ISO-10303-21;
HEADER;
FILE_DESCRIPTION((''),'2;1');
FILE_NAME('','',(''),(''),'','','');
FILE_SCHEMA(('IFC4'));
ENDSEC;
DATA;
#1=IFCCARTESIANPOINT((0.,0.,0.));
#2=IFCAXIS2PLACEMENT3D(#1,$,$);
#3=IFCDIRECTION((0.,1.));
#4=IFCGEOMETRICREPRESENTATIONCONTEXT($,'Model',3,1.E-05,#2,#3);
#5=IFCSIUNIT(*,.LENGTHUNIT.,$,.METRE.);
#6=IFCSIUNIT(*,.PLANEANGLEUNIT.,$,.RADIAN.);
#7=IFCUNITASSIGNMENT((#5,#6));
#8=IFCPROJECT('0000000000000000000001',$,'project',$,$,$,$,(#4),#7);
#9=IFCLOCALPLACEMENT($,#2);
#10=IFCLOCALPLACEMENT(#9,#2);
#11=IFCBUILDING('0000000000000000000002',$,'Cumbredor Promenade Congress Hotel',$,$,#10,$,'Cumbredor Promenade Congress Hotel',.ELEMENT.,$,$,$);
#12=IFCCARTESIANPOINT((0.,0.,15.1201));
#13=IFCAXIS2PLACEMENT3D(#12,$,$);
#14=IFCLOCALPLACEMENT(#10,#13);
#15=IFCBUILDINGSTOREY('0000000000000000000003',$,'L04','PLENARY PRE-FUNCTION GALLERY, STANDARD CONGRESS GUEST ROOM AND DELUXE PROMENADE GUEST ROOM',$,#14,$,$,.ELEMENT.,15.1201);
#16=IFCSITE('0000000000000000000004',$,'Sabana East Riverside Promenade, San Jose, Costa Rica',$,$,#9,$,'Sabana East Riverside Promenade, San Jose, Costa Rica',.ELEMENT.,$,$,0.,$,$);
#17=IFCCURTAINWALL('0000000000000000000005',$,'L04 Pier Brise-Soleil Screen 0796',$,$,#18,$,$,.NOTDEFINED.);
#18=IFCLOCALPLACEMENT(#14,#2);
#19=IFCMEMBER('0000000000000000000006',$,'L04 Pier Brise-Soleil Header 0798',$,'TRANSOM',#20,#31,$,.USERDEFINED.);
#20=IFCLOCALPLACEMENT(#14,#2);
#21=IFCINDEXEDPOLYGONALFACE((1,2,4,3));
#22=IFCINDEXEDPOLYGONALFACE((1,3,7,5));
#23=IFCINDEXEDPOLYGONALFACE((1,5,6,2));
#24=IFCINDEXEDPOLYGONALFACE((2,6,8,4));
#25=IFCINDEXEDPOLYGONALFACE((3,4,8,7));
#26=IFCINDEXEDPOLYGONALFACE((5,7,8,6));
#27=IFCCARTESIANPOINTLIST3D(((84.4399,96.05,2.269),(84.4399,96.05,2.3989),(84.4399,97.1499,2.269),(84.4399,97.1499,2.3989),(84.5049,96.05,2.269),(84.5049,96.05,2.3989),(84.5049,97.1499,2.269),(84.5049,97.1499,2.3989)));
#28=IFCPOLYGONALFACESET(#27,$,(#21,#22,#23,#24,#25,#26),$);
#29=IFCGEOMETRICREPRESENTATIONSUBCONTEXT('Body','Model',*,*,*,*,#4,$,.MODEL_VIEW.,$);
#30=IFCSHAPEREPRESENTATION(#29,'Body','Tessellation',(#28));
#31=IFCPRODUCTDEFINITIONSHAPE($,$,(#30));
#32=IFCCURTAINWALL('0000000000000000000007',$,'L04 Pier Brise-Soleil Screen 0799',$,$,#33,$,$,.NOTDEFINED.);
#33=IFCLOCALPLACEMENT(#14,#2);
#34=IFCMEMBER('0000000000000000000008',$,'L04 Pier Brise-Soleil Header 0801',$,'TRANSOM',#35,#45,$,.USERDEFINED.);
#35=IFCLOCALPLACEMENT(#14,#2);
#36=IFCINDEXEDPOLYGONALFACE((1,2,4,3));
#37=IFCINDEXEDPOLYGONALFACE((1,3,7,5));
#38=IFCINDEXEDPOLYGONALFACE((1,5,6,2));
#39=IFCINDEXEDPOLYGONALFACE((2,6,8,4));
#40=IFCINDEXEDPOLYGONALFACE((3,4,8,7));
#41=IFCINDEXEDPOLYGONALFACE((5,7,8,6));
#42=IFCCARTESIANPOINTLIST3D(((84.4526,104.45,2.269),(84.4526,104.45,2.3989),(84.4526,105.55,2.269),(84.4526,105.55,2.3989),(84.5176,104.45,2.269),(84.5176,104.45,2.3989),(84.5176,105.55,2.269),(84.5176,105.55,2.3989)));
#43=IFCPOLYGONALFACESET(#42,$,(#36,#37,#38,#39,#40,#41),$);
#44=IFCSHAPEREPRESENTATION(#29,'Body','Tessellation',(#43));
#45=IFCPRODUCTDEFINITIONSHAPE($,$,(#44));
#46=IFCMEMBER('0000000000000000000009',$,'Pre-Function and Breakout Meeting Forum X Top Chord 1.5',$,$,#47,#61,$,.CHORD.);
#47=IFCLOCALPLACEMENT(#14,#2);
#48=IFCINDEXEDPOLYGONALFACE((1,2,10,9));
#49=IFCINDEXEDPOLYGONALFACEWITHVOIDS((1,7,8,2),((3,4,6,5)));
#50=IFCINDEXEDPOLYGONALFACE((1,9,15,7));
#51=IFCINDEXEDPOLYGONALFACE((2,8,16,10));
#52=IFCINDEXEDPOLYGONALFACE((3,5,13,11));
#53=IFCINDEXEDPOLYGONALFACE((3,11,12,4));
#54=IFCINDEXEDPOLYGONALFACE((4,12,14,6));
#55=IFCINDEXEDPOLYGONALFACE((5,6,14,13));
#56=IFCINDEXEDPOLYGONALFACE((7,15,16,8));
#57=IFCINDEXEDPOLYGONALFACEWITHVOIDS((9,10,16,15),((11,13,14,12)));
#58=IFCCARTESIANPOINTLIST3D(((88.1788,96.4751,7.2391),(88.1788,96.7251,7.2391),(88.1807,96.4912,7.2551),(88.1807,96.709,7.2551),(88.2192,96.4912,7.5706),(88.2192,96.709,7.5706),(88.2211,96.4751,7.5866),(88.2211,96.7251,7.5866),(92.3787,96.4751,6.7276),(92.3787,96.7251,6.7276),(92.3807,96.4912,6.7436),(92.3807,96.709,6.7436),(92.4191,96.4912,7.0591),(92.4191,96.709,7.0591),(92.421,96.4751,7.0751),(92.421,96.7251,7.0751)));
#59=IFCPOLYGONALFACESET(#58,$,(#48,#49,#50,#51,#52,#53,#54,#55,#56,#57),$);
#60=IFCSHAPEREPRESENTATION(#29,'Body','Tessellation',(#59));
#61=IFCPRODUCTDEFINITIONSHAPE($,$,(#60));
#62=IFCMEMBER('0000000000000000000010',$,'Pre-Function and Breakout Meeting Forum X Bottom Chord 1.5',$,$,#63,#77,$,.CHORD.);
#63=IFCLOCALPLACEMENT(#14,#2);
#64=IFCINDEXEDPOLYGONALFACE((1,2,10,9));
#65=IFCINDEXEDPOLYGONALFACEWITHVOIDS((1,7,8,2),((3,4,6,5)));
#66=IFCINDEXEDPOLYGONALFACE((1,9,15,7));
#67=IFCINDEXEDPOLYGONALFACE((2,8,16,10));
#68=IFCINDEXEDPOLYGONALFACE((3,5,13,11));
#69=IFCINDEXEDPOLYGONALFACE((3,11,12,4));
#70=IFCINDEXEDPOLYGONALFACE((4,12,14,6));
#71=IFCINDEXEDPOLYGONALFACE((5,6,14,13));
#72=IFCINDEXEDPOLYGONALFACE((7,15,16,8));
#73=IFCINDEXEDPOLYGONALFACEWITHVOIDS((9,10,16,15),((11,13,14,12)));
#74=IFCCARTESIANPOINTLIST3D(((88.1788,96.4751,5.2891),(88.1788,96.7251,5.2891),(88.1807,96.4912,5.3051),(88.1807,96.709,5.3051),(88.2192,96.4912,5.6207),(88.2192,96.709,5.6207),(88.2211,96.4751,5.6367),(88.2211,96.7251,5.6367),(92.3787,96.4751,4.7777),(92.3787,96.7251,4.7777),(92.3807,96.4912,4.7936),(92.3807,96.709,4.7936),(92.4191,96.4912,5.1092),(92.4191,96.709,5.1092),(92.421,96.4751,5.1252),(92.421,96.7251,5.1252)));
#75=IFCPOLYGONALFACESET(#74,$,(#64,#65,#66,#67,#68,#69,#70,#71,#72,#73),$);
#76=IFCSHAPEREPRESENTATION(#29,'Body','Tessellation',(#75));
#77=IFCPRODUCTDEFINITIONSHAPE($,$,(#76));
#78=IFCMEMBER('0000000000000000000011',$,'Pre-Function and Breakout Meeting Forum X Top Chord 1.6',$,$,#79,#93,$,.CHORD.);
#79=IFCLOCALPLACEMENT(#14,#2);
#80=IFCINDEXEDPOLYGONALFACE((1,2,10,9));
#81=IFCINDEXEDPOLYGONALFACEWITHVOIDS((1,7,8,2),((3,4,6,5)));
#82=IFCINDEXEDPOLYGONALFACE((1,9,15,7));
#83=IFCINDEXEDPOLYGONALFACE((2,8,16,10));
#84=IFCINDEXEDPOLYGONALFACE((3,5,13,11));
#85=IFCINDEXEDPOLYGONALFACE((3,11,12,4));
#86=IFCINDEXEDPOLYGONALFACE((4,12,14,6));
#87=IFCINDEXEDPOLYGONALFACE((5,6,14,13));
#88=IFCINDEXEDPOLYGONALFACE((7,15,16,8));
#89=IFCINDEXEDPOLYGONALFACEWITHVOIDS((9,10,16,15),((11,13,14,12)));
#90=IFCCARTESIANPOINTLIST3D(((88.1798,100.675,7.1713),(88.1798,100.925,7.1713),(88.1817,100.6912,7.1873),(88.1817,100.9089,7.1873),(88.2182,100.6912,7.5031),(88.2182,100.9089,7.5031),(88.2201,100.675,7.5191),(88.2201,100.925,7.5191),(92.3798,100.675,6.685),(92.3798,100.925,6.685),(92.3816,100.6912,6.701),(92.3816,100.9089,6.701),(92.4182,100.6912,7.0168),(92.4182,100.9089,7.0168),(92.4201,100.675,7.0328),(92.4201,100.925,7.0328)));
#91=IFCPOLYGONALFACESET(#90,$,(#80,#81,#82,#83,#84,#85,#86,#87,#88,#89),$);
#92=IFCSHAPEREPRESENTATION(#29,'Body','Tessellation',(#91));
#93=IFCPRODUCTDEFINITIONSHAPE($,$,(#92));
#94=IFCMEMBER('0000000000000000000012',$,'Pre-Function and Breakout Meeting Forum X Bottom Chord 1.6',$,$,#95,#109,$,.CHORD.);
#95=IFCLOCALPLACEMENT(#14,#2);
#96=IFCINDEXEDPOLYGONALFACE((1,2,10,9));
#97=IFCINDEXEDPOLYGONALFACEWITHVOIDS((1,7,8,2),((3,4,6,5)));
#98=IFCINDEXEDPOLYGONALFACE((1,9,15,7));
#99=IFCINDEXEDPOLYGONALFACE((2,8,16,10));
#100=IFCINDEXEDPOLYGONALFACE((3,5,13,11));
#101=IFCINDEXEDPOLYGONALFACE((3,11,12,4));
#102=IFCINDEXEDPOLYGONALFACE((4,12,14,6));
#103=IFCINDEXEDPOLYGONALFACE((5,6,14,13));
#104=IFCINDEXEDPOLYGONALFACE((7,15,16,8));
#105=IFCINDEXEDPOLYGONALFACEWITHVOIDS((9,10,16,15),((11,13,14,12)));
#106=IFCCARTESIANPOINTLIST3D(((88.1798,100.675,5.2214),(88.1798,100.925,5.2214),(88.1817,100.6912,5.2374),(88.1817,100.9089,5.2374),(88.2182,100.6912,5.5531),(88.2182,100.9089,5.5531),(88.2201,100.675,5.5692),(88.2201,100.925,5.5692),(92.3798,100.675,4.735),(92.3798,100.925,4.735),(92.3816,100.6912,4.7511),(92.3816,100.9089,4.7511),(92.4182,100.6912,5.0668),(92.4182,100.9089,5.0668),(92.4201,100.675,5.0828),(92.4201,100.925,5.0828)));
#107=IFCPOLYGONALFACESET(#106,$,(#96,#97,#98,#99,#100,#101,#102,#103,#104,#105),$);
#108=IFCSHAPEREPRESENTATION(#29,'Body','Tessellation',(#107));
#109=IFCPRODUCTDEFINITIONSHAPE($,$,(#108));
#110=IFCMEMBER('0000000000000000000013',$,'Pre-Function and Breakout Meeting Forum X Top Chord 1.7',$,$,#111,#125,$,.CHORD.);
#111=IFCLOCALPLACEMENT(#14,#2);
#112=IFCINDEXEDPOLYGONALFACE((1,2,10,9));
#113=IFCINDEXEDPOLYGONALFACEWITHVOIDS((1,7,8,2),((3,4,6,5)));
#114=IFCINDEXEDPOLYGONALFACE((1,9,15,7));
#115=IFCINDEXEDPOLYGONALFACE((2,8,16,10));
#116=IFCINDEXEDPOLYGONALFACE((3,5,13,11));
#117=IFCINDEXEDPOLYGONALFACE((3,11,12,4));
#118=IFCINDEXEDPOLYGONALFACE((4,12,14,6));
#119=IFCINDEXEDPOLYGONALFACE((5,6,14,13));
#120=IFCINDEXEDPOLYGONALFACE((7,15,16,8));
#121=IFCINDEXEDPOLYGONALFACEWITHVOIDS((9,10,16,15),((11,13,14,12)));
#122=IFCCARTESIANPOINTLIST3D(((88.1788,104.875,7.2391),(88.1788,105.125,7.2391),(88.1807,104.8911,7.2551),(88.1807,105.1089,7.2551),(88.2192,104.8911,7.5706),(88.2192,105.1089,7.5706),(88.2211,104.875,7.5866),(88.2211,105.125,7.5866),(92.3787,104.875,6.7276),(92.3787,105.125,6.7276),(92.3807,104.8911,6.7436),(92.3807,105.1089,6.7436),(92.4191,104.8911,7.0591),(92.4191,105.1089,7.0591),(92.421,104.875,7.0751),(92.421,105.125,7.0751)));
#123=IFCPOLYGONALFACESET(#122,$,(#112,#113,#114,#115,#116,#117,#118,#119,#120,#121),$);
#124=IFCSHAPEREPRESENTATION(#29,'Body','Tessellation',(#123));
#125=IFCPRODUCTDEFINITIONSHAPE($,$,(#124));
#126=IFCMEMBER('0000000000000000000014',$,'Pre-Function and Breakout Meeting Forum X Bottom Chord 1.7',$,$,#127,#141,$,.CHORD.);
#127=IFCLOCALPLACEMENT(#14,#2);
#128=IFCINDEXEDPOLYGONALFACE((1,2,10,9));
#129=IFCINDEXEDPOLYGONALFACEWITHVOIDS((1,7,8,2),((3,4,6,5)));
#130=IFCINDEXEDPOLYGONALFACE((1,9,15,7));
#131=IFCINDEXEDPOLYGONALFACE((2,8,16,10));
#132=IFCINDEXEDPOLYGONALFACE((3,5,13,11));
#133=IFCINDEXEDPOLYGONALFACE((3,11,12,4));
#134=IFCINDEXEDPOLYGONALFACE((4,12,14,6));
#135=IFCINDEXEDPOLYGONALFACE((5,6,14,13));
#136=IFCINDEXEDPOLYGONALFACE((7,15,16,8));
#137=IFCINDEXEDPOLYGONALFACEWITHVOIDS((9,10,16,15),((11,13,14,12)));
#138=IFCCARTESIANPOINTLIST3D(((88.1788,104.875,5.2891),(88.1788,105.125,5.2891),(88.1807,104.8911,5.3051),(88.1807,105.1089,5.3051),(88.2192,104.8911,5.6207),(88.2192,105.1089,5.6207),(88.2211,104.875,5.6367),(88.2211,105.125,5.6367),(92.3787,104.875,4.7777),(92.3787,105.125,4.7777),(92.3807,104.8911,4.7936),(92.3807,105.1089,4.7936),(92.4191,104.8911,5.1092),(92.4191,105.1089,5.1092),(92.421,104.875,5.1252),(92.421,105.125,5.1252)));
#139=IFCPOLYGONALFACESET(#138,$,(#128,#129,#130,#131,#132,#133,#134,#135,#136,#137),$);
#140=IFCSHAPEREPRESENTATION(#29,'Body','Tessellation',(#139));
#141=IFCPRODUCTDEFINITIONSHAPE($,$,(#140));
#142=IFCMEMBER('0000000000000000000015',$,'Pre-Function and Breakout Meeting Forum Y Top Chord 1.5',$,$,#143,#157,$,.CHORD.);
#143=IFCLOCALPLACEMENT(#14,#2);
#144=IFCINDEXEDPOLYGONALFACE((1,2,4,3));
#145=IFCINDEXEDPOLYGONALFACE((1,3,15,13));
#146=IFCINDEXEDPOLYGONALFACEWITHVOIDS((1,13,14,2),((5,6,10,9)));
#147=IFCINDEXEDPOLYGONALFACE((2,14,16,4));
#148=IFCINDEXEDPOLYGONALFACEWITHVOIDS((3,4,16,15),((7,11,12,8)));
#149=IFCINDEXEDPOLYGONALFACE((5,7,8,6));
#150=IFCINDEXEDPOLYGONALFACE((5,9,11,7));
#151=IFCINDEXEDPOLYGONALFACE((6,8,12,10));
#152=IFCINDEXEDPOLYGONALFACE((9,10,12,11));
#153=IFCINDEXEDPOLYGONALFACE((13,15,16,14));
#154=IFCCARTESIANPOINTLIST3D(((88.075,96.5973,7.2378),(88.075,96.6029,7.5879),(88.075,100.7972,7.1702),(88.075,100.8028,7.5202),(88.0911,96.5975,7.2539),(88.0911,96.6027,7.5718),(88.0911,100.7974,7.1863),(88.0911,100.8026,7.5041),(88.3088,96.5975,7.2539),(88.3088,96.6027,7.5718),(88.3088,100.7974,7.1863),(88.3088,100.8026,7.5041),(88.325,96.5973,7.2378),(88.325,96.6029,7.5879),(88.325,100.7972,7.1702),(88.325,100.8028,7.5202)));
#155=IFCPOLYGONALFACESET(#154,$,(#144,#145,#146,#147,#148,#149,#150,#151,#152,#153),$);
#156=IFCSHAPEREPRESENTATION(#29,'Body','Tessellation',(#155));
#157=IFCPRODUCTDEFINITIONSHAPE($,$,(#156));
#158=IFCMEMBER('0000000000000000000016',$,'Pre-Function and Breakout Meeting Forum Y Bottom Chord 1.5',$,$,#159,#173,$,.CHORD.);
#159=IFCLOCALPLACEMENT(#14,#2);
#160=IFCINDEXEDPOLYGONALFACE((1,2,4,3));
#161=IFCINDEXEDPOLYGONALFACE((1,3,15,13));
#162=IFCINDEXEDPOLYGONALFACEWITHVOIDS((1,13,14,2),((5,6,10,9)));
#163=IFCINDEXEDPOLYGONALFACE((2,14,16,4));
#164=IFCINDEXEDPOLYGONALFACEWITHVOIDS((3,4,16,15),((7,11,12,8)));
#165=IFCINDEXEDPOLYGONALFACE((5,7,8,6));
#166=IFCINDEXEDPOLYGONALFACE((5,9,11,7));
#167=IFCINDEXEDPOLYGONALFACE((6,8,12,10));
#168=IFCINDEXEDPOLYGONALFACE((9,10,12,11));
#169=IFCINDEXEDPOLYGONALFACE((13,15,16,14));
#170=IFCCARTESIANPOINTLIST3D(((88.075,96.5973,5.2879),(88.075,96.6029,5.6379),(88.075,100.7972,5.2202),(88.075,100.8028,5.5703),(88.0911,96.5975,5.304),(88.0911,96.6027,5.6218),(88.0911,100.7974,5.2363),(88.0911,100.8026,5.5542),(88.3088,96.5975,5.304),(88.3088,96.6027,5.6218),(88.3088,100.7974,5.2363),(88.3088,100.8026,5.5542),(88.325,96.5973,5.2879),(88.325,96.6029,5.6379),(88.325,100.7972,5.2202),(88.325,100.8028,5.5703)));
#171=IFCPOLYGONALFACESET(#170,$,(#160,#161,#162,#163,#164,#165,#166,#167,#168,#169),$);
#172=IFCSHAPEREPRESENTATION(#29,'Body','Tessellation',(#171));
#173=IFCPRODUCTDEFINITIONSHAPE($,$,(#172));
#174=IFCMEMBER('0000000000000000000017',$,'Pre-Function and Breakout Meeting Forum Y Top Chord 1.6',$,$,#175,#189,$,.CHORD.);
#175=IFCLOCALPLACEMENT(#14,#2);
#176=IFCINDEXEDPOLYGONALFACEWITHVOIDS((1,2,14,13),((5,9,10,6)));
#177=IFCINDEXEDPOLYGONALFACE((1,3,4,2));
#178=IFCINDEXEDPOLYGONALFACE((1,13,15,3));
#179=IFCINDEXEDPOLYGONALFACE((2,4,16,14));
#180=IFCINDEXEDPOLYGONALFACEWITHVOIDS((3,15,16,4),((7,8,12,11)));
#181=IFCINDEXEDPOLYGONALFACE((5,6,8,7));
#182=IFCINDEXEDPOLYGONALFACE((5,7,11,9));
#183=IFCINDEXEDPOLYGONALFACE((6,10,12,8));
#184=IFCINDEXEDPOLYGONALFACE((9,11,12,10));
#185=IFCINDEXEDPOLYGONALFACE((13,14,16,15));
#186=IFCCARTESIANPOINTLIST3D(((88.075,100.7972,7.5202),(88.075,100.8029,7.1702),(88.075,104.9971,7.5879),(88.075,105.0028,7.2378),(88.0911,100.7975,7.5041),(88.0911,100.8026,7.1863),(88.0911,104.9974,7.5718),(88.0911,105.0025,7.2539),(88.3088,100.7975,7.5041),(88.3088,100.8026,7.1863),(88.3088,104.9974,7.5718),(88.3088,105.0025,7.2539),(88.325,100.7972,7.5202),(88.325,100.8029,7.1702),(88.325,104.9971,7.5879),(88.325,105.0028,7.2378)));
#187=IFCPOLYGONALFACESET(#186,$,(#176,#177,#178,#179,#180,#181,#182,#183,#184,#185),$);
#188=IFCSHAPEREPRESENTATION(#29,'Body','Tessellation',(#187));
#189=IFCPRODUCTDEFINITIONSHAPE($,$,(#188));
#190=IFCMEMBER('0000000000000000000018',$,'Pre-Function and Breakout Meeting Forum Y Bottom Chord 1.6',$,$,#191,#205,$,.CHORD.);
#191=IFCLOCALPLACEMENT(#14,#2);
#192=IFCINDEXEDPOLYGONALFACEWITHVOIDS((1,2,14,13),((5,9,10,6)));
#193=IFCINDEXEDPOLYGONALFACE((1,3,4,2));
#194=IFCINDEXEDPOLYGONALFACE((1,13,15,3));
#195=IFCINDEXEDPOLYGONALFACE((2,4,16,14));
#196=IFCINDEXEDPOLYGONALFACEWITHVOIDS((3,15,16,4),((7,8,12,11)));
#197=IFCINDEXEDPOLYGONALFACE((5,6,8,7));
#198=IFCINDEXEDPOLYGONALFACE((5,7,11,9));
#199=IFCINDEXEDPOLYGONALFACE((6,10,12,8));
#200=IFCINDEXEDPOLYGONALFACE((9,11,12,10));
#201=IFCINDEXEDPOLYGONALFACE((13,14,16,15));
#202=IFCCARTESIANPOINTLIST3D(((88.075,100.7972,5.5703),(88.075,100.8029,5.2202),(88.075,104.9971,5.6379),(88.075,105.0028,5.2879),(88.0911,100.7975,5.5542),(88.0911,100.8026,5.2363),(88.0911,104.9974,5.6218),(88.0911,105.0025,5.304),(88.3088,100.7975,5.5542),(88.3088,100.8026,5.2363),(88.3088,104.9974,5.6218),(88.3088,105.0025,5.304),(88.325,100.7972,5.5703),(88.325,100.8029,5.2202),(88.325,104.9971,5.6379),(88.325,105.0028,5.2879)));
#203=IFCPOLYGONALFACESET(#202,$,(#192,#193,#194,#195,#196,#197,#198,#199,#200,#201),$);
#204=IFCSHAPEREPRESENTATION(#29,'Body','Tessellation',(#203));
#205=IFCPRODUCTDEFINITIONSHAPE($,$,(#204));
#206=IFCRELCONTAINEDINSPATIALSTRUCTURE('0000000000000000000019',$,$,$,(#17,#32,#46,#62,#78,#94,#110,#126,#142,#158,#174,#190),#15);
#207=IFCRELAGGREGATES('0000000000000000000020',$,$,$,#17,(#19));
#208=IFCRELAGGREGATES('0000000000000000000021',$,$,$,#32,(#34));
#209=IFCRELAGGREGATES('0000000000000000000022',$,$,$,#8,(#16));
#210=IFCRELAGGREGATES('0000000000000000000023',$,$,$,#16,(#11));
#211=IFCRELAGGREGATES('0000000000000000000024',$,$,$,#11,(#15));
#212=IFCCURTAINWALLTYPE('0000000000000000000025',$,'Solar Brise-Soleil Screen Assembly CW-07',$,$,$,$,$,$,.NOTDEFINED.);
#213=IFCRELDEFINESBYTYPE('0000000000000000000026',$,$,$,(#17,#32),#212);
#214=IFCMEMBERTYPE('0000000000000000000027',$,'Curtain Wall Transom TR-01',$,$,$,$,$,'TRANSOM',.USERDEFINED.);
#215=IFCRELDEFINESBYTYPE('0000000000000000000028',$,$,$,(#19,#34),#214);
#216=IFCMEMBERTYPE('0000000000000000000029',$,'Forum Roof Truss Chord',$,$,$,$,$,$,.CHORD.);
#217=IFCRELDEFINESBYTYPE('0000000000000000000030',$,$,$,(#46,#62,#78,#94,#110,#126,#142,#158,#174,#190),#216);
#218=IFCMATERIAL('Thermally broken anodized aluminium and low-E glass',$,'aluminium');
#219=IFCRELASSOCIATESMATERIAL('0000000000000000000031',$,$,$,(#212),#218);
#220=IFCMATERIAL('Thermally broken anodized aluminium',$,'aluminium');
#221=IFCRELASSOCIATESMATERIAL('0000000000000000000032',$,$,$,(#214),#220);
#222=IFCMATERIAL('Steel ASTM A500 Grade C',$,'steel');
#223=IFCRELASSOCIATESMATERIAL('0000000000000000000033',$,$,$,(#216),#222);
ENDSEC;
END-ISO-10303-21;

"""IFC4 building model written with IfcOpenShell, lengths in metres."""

from ifc_helpers import new_model, si_unit, direction, frame, origin, origin_2d, place, context, subcontext, project, spatial, rectangle, hollow_rectangle, extrude, material, material_profile, profile_set, type_object, element, aggregate, save


model = new_model("IFC4")

# Units and contexts
model_context = context("Model", 3, precision=1e-05, world=origin(), true_north=direction((0.0, 1.0)))
body_context = subcontext(model_context, "Body", "Model", "MODEL_VIEW")
ifc_project = project(units=[si_unit("LENGTHUNIT", "METRE"), si_unit("PLANEANGLEUNIT", "RADIAN")], contexts=[model_context])

# Site, building, storey
site_placement = place(None, origin())
site = spatial("IfcSite", under=ifc_project, at=site_placement, Name="Sabana East Riverside Promenade, San Jose, Costa Rica", LongName="Sabana East Riverside Promenade, San Jose, Costa Rica", CompositionType="ELEMENT", RefElevation=0.0)
building_placement = place(site_placement, origin())
building = spatial("IfcBuilding", under=site, at=building_placement, Name="Cumbredor Promenade Congress Hotel", LongName="Cumbredor Promenade Congress Hotel", CompositionType="ELEMENT")
storey_placement = place(building_placement, frame((0.0, 0.0, 15.1201)))
storey = spatial("IfcBuildingStorey", under=building, at=storey_placement, Name="L04", Description="PLENARY PRE-FUNCTION GALLERY, STANDARD CONGRESS GUEST ROOM AND DELUXE PROMENADE GUEST ROOM", CompositionType="ELEMENT", Elevation=15.1201)

# Curtain walls, members
ifc_material_1 = material(Name="Thermally broken anodized aluminium and low-E glass", Category="aluminium")
curtain_wall_type = type_object("IfcCurtainWallType", Name="Solar Brise-Soleil Screen Assembly CW-07", PredefinedType="NOTDEFINED", material=ifc_material_1)
curtain_wall_1_placement = place(storey_placement, origin())
curtain_wall_1 = element("IfcCurtainWall", 1, at=curtain_wall_1_placement, inside=storey, type_object=curtain_wall_type, Name="L04 Pier Brise-Soleil Screen 0796", PredefinedType="NOTDEFINED")
ifc_material_2 = material(Name="Thermally broken anodized aluminium", Category="aluminium")
ifc_material_profile_1 = material_profile(ifc_material_2, rectangle(XDim=0.0649, YDim=0.1299, at=origin_2d()), Name="ALU TRANSOM 65x130")
ifc_profile_set_1 = profile_set([ifc_material_profile_1], Name="Thermally broken anodized aluminium")
member_type_1 = type_object("IfcMemberType", Name="Curtain Wall Transom TR-01", ElementType="TRANSOM", PredefinedType="USERDEFINED", material=ifc_profile_set_1)
member_1_placement = place(storey_placement, frame((84.4724, 96.05, 2.334), z_axis=(0.0, 1.0, 0.0), x_axis=(-1.0, 0.0, 0.0)))
member_1 = element("IfcMember", 2, at=member_1_placement, type_object=member_type_1, Name="L04 Pier Brise-Soleil Header 0798", ObjectType="TRANSOM", PredefinedType="USERDEFINED", context=body_context, shape_type="SweptSolid", body=[
    extrude(rectangle(XDim=0.0649, YDim=0.1299, at=origin_2d()), origin(), (0.0, 0.0, 1.0), 1.0999),
])
curtain_wall_2_placement = place(storey_placement, origin())
curtain_wall_2 = element("IfcCurtainWall", 3, at=curtain_wall_2_placement, inside=storey, type_object=curtain_wall_type, Name="L04 Pier Brise-Soleil Screen 0799", PredefinedType="NOTDEFINED")
member_2_placement = place(storey_placement, frame((84.4851, 104.45, 2.334), z_axis=(0.0, 1.0, 0.0), x_axis=(-1.0, 0.0, 0.0)))
member_2 = element("IfcMember", 4, at=member_2_placement, type_object=member_type_1, Name="L04 Pier Brise-Soleil Header 0801", ObjectType="TRANSOM", PredefinedType="USERDEFINED", context=body_context, shape_type="SweptSolid", body=[
    extrude(rectangle(XDim=0.0649, YDim=0.1299, at=origin_2d()), origin(), (0.0, 0.0, 1.0), 1.1001),
])

# Members
ifc_material_3 = material(Name="Steel ASTM A500 Grade C", Category="steel")
ifc_material_profile_2 = material_profile(ifc_material_3, hollow_rectangle(XDim=0.25, YDim=0.3501, WallThickness=0.0161, at=origin_2d()), Name="HSS 350x250x16")
ifc_profile_set_2 = profile_set([ifc_material_profile_2], Name="Steel ASTM A500 Grade C")
member_type_2 = type_object("IfcMemberType", Name="Forum Roof Truss Chord", PredefinedType="CHORD", material=ifc_profile_set_2)
for number, where, z_axis, x_axis, name in (
    (5, (88.2, 96.6001, 7.4128), (0.992666, 0.0, -0.120888), (0.0, 1.0, 0.0), "Pre-Function and Breakout Meeting Forum X Top Chord 1.5"),
    (6, (88.2, 96.6001, 5.4629), (0.992666, 0.0, -0.120888), (0.0, 1.0, 0.0), "Pre-Function and Breakout Meeting Forum X Bottom Chord 1.5"),
):
    element("IfcMember", number, at=place(storey_placement, frame(where, z_axis=z_axis, x_axis=x_axis)), inside=storey, type_object=member_type_2, Name=name, PredefinedType="CHORD", context=body_context, shape_type="SweptSolid", body=[
        extrude(hollow_rectangle(XDim=0.25, YDim=0.3501, WallThickness=0.0161, at=origin_2d()), origin(), (0.0, 0.0, 1.0), 4.231),
    ])
for number, where, z_axis, x_axis, name in (
    (7, (88.2, 100.8, 7.3452), (0.993363, 0.0, -0.115025), (0.0, 1.0, 0.0), "Pre-Function and Breakout Meeting Forum X Top Chord 1.6"),
    (8, (88.2, 100.8, 5.3953), (0.993363, 0.0, -0.115025), (0.0, 1.0, 0.0), "Pre-Function and Breakout Meeting Forum X Bottom Chord 1.6"),
):
    element("IfcMember", number, at=place(storey_placement, frame(where, z_axis=z_axis, x_axis=x_axis)), inside=storey, type_object=member_type_2, Name=name, PredefinedType="CHORD", context=body_context, shape_type="SweptSolid", body=[
        extrude(hollow_rectangle(XDim=0.25, YDim=0.3501, WallThickness=0.0161, at=origin_2d()), origin(), (0.0, 0.0, 1.0), 4.228),
    ])
for number, where, z_axis, x_axis, name in (
    (9, (88.2, 105.0, 7.4128), (0.992666, 0.0, -0.120888), (0.0, 1.0, 0.0), "Pre-Function and Breakout Meeting Forum X Top Chord 1.7"),
    (10, (88.2, 105.0, 5.4629), (0.992666, 0.0, -0.120888), (0.0, 1.0, 0.0), "Pre-Function and Breakout Meeting Forum X Bottom Chord 1.7"),
):
    element("IfcMember", number, at=place(storey_placement, frame(where, z_axis=z_axis, x_axis=x_axis)), inside=storey, type_object=member_type_2, Name=name, PredefinedType="CHORD", context=body_context, shape_type="SweptSolid", body=[
        extrude(hollow_rectangle(XDim=0.25, YDim=0.3501, WallThickness=0.0161, at=origin_2d()), origin(), (0.0, 0.0, 1.0), 4.231),
    ])
for number, where, z_axis, x_axis, name in (
    (11, (88.2, 96.6001, 7.4128), (0.0, 0.99987, -0.0161), (-1.0, 0.0, 0.0), "Pre-Function and Breakout Meeting Forum Y Top Chord 1.5"),
    (12, (88.2, 96.6001, 5.4629), (0.0, 0.99987, -0.0161), (-1.0, 0.0, 0.0), "Pre-Function and Breakout Meeting Forum Y Bottom Chord 1.5"),
    (13, (88.2, 100.8, 7.3452), (0.0, 0.99987, 0.0161), (-1.0, 0.0, 0.0), "Pre-Function and Breakout Meeting Forum Y Top Chord 1.6"),
    (14, (88.2, 100.8, 5.3953), (0.0, 0.99987, 0.0161), (-1.0, 0.0, 0.0), "Pre-Function and Breakout Meeting Forum Y Bottom Chord 1.6"),
):
    element("IfcMember", number, at=place(storey_placement, frame(where, z_axis=z_axis, x_axis=x_axis)), inside=storey, type_object=member_type_2, Name=name, PredefinedType="CHORD", context=body_context, shape_type="SweptSolid", body=[
        extrude(hollow_rectangle(XDim=0.25, YDim=0.3501, WallThickness=0.0161, at=origin_2d()), origin(), (0.0, 0.0, 1.0), 4.2004),
    ])

aggregate(curtain_wall_1, [member_1])
aggregate(curtain_wall_2, [member_2])

save(model, "model.ifc")
